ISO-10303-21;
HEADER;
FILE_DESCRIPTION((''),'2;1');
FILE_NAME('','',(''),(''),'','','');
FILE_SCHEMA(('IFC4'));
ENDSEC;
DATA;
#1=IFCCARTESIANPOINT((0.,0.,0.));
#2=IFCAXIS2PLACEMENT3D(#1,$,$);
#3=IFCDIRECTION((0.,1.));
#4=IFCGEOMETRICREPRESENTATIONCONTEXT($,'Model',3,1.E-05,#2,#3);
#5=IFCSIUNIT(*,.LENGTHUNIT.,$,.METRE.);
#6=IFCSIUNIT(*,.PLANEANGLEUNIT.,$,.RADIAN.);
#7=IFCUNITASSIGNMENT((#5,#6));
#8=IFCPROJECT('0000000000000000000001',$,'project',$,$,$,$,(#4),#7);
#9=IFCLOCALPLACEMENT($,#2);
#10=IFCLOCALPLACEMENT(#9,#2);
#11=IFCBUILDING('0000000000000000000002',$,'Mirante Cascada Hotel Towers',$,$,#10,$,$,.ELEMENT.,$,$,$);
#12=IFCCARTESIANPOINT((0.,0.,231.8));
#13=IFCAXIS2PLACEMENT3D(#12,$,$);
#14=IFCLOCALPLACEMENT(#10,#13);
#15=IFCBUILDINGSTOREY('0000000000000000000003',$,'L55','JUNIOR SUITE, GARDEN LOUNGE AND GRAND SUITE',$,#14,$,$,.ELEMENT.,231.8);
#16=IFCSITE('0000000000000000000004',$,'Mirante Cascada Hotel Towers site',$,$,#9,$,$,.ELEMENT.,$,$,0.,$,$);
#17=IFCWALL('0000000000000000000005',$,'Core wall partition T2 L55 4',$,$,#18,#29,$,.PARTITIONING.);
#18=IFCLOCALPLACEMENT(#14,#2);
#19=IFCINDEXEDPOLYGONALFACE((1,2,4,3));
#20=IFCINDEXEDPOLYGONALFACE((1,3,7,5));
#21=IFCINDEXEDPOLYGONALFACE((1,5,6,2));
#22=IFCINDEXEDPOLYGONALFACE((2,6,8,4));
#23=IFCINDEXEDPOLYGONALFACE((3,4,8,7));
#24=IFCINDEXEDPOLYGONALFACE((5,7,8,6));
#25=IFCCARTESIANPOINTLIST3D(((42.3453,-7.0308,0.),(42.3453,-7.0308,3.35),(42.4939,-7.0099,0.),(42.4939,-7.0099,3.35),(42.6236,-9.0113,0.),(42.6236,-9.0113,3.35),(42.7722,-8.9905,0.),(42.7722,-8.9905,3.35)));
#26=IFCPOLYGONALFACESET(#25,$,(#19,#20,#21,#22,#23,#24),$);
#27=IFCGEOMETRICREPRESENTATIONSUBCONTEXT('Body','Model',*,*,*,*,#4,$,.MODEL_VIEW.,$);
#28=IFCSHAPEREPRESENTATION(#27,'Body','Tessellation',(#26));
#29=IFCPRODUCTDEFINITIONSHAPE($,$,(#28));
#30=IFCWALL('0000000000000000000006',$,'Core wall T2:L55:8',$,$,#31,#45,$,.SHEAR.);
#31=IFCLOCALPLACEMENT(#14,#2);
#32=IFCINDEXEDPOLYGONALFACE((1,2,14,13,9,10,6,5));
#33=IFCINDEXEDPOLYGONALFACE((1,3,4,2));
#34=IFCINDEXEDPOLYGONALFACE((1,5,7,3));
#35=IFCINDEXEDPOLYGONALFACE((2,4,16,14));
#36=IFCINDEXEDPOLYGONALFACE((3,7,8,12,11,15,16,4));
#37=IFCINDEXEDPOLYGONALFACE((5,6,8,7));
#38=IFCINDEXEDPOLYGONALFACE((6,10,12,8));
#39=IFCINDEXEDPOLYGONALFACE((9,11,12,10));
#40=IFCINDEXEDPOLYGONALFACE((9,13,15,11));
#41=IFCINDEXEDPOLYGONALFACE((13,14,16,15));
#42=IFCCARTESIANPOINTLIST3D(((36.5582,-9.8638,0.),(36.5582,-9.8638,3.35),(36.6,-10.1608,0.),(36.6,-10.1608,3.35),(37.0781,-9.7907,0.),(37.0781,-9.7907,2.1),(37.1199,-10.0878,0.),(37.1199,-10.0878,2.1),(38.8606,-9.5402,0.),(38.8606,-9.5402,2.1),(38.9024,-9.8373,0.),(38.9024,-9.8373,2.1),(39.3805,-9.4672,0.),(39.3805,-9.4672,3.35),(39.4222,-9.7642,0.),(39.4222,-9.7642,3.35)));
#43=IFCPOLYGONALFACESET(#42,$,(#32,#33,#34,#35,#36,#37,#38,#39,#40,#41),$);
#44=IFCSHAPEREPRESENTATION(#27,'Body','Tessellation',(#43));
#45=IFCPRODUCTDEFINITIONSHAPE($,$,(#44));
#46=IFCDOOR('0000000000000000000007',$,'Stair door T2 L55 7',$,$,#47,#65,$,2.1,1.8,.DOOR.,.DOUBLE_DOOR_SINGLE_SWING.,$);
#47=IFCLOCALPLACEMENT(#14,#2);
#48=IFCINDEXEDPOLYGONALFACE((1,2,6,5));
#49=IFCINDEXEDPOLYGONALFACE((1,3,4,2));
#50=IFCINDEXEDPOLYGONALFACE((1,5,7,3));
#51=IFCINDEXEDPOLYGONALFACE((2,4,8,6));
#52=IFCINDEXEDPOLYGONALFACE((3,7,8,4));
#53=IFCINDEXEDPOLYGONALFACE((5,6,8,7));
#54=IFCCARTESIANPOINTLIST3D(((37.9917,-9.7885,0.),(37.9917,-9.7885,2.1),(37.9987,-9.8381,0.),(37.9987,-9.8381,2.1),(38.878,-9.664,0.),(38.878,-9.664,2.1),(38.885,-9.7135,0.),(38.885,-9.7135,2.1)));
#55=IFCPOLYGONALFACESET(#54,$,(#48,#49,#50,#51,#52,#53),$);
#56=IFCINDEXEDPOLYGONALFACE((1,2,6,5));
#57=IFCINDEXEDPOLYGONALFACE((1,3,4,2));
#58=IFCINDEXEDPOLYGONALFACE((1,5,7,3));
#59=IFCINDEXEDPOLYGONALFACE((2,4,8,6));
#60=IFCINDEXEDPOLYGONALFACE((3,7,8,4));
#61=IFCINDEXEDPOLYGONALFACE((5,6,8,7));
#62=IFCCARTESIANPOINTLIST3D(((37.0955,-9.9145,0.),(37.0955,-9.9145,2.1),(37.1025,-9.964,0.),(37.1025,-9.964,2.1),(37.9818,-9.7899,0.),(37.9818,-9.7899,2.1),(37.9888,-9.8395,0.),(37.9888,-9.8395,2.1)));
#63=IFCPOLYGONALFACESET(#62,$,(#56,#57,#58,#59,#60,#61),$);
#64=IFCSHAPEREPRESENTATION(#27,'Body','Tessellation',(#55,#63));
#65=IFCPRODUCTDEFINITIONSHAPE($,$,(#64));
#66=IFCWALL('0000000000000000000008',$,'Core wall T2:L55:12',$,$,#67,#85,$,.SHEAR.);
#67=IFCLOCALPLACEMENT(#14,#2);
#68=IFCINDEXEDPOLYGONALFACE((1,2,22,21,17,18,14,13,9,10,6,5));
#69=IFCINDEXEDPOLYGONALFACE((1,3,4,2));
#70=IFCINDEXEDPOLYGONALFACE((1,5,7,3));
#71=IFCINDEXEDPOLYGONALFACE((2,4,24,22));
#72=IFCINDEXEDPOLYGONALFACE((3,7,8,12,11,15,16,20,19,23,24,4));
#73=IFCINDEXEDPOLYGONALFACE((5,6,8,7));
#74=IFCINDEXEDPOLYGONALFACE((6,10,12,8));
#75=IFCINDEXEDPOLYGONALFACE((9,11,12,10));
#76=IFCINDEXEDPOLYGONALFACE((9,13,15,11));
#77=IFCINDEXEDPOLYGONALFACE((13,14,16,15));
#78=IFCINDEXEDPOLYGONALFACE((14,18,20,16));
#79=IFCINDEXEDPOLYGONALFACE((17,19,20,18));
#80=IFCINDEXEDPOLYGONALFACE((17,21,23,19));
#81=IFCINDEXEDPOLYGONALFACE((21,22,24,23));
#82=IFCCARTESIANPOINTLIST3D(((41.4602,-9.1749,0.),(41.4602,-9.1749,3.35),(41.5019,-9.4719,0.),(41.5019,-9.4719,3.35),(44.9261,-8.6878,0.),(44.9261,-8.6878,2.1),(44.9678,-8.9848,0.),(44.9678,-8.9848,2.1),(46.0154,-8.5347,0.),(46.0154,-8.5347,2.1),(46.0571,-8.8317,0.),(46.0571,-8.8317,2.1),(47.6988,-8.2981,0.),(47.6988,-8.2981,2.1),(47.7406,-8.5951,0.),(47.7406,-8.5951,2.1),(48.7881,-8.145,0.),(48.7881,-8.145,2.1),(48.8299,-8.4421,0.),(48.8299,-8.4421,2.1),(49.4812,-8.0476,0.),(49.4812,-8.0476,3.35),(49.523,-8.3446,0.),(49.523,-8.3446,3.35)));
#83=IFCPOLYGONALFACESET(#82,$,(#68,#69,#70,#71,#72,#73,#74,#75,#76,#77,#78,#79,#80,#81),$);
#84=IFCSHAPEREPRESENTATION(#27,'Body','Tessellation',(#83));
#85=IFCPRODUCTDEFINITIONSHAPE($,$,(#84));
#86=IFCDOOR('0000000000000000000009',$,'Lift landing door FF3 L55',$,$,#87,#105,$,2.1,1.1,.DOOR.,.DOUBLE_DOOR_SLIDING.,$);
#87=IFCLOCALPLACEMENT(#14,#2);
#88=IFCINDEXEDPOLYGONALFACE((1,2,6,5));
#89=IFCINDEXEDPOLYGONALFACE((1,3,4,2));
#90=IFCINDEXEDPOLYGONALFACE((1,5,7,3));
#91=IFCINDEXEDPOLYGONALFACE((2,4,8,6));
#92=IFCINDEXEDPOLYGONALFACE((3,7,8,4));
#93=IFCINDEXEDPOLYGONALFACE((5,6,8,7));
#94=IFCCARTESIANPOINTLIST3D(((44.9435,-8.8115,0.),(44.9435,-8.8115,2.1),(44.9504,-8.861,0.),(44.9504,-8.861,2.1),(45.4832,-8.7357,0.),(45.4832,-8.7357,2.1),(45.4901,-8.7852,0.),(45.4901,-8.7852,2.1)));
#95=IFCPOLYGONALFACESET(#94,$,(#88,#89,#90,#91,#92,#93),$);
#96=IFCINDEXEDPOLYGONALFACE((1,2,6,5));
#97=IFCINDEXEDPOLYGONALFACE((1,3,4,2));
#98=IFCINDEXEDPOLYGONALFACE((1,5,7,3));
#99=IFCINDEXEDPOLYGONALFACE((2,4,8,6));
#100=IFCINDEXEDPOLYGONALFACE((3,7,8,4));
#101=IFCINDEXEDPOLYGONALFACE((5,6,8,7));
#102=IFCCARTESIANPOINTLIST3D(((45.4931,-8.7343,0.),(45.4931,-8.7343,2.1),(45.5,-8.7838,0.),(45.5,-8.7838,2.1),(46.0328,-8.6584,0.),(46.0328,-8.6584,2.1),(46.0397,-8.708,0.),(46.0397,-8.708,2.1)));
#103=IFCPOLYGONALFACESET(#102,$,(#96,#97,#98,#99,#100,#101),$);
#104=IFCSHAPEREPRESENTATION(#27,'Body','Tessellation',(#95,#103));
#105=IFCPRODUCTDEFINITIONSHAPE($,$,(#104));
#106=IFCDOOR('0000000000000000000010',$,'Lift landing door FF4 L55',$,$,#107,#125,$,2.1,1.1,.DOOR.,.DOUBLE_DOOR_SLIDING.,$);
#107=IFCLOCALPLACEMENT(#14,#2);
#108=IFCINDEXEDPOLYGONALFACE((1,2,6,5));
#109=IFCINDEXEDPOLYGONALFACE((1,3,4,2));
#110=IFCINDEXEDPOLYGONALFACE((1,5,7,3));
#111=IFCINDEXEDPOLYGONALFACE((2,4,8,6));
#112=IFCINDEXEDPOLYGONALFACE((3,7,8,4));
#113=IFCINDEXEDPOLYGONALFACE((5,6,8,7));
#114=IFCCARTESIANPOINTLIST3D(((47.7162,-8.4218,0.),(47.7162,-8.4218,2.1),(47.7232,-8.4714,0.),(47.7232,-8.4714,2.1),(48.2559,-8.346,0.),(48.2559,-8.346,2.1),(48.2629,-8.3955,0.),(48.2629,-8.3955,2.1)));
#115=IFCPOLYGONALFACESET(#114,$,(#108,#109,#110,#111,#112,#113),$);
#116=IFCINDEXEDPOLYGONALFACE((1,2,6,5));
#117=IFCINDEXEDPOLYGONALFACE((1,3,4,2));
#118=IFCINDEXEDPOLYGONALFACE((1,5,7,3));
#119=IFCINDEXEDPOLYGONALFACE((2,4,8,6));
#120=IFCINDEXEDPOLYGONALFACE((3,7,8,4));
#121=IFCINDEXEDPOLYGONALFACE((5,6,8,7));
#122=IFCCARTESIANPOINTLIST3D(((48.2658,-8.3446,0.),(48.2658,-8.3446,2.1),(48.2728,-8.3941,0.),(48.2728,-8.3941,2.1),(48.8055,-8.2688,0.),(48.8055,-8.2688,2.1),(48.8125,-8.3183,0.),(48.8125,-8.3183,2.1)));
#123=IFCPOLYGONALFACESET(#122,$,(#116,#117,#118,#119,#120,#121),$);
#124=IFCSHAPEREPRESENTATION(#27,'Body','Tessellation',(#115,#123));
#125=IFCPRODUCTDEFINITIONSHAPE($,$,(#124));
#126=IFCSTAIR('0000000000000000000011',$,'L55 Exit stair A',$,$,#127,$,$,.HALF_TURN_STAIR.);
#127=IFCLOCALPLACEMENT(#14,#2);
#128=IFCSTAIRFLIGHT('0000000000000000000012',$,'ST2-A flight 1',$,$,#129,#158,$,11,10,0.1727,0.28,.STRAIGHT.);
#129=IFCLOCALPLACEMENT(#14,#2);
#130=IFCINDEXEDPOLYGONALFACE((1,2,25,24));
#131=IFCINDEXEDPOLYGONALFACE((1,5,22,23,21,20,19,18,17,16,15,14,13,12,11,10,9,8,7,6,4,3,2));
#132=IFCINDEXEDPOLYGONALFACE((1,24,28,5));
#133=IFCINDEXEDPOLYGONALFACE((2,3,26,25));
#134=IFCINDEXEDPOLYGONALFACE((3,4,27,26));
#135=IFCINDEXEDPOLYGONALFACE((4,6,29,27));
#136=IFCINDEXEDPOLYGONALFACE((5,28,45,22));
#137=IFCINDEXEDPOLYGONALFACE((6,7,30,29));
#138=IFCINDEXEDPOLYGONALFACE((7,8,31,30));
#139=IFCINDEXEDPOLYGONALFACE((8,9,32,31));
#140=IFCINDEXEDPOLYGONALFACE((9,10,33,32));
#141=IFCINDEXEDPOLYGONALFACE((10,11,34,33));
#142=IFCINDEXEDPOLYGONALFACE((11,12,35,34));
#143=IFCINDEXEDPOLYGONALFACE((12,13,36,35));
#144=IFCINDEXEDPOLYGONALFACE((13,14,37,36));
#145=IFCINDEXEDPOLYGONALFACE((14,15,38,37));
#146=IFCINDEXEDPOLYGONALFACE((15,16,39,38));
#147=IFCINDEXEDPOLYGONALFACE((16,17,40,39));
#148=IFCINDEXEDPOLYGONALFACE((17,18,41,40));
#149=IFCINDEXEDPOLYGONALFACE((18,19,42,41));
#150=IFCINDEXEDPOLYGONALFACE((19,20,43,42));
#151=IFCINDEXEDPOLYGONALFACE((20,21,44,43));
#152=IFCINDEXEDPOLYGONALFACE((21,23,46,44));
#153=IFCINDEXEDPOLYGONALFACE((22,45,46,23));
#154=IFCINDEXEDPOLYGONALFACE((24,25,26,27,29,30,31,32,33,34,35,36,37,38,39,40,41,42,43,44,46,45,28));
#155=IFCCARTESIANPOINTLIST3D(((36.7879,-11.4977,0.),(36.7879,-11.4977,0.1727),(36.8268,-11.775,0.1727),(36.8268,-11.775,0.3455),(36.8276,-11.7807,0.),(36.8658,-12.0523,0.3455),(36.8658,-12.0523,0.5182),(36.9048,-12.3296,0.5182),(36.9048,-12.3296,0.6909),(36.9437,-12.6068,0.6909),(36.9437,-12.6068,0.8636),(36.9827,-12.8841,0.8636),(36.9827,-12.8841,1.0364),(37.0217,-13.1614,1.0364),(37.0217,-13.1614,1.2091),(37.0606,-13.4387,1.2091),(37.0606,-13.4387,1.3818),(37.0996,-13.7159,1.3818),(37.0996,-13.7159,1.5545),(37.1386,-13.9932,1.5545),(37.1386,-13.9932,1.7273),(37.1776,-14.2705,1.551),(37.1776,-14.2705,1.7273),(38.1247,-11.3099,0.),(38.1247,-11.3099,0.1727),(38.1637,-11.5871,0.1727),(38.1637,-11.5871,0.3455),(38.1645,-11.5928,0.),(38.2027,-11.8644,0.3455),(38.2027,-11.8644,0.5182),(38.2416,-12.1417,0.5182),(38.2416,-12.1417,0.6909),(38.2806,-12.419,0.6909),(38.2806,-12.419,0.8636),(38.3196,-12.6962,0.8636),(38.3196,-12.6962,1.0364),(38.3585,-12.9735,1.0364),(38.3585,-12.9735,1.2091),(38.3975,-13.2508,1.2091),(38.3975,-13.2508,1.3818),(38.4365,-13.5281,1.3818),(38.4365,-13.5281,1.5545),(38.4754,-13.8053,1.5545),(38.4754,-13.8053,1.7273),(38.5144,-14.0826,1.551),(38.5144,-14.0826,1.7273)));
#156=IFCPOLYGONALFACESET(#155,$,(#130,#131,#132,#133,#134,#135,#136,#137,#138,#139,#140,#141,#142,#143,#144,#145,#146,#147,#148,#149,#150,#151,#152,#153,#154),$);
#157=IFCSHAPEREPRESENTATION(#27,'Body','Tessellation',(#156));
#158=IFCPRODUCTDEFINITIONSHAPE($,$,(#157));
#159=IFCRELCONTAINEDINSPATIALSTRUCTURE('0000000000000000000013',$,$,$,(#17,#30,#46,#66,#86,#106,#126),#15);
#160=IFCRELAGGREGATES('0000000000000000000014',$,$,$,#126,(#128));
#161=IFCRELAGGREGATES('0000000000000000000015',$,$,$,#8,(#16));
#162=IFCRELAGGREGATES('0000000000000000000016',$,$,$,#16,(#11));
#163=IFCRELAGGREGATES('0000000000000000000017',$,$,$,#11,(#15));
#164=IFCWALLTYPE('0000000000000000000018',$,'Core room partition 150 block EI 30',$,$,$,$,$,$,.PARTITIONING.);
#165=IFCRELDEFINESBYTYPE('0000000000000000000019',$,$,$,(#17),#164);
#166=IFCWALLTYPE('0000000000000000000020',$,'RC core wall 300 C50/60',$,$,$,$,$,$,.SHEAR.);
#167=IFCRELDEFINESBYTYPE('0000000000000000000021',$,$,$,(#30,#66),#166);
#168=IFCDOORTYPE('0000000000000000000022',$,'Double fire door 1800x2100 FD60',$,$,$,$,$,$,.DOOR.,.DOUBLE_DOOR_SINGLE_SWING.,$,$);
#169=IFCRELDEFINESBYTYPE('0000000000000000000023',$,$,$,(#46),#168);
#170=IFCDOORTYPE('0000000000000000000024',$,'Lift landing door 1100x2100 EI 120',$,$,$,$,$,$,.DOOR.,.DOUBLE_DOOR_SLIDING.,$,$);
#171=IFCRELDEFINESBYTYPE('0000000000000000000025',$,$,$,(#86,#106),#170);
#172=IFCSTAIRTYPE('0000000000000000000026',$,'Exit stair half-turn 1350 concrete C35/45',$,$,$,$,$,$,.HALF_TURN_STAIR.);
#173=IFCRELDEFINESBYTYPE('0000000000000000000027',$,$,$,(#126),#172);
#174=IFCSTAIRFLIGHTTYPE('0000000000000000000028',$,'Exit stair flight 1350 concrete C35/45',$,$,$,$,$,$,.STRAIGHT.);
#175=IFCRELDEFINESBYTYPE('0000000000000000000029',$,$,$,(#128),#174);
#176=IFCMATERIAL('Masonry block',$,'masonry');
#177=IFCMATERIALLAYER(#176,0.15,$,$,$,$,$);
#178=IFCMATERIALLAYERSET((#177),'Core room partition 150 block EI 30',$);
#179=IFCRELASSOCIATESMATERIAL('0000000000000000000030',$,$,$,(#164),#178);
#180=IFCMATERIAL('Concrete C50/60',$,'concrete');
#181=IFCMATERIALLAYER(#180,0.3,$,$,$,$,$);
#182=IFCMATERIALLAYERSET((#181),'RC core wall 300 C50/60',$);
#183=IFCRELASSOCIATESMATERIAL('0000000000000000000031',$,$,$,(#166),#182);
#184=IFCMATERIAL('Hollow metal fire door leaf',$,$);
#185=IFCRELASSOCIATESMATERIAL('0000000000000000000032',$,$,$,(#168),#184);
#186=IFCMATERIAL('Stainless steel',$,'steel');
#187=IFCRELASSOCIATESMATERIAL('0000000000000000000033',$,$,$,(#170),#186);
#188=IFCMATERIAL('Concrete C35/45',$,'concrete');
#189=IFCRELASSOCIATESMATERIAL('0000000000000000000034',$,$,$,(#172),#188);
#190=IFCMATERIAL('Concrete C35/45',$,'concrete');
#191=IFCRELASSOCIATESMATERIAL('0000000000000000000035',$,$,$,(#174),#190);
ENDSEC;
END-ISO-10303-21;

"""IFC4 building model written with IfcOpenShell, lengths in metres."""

from ifc_helpers import new_model, si_unit, direction, frame, frame_2d, origin, place, context, subcontext, project, spatial, polyline, rectangle, outline, extrude, material, layer, layer_set, type_object, element, fill, aggregate, save


model = new_model("IFC4")

# Units and contexts
model_context = context("Model", 3, precision=1e-05, world=origin(), true_north=direction((0.0, 1.0)))
body_context = subcontext(model_context, "Body", "Model", "MODEL_VIEW")
ifc_project = project(units=[si_unit("LENGTHUNIT", "METRE"), si_unit("PLANEANGLEUNIT", "RADIAN")], contexts=[model_context])

# Site, building, storey
site_placement = place(None, origin())
site = spatial("IfcSite", under=ifc_project, at=site_placement, Name="Mirante Cascada Hotel Towers site", CompositionType="ELEMENT", RefElevation=0.0)
building_placement = place(site_placement, origin())
building = spatial("IfcBuilding", under=site, at=building_placement, Name="Mirante Cascada Hotel Towers", CompositionType="ELEMENT")
storey_placement = place(building_placement, frame((0.0, 0.0, 231.8)))
storey = spatial("IfcBuildingStorey", under=building, at=storey_placement, Name="L55", Description="JUNIOR SUITE, GARDEN LOUNGE AND GRAND SUITE", CompositionType="ELEMENT", Elevation=231.8)

# Wall
ifc_material_1 = material(Name="Masonry block", Category="masonry")
ifc_layer_1 = layer(ifc_material_1, 0.15)
ifc_layer_set_1 = layer_set([ifc_layer_1], Name="Core room partition 150 block EI 30")
wall_type_1 = type_object("IfcWallType", Name="Core room partition 150 block EI 30", PredefinedType="PARTITIONING", material=ifc_layer_set_1)
wall_1_placement = place(storey_placement, frame((42.6979, -9.0009, 0.0), z_axis=(0.0, 0.0, 1.0), x_axis=(-0.139153, 0.990271, 0.0)))
element("IfcWall", 1, at=wall_1_placement, inside=storey, type_object=wall_type_1, Name="Core wall partition T2 L55 4", PredefinedType="PARTITIONING", context=body_context, shape_type="SweptSolid", body=[
    extrude(rectangle(XDim=2.0, YDim=0.15, at=frame_2d((1.0, 0.0))), origin(), (0.0, 0.0, 1.0), 3.35),
])

# Wall, opening, door
ifc_material_2 = material(Name="Concrete C50/60", Category="concrete")
ifc_layer_2 = layer(ifc_material_2, 0.3)
ifc_layer_set_2 = layer_set([ifc_layer_2], Name="RC core wall 300 C50/60")
wall_type_2 = type_object("IfcWallType", Name="RC core wall 300 C50/60", PredefinedType="SHEAR", material=ifc_layer_set_2)
wall_2_placement = place(storey_placement, frame((36.5791, -10.0123, 0.0), z_axis=(0.0, 0.0, 1.0), x_axis=(0.99027, 0.139156, 0.0)))
wall_2 = element("IfcWall", 2, at=wall_2_placement, inside=storey, type_object=wall_type_2, Name="Core wall T2:L55:8", PredefinedType="SHEAR", context=body_context, shape_type="SweptSolid", body=[
    extrude(rectangle(XDim=2.85, YDim=0.3, at=frame_2d((1.425, 0.0))), origin(), (0.0, 0.0, 1.0), 3.35),
])
opening_1_placement = place(wall_2_placement, frame((0.525, 0.0, 0.0)))
opening_1 = element("IfcOpeningElement", 3, at=opening_1_placement, cuts=wall_2, PredefinedType="OPENING", context=body_context, shape_type="SweptSolid", body=[
    extrude(rectangle(XDim=1.8, YDim=2.1, at=frame_2d((0.9, 1.05))), frame((0.0, 0.15, 0.0), z_axis=(0.0, -1.0, 0.0), x_axis=(1.0, 0.0, 0.0)), (0.0, 0.0, 1.0), 0.3),
])
ifc_material_3 = material(Name="Hollow metal fire door leaf")
door_type_1 = type_object("IfcDoorType", Name="Double fire door 1800x2100 FD60", OperationType="DOUBLE_DOOR_SINGLE_SWING", PredefinedType="DOOR", material=ifc_material_3)
door_1_placement = place(opening_1_placement, frame((1.8, 0.0, 0.0), z_axis=(0.0, 0.0, 1.0), x_axis=(-1.0, 0.0, 0.0)))
door_1 = element("IfcDoor", 4, at=door_1_placement, inside=storey, type_object=door_type_1, Name="Stair door T2 L55 7", OperationType="DOUBLE_DOOR_SINGLE_SWING", OverallHeight=2.1, OverallWidth=1.8, PredefinedType="DOOR", context=body_context, shape_type="SweptSolid", body=[
    extrude(rectangle(XDim=0.895, YDim=2.1, at=frame_2d((0.4475, 1.05))), frame((0.0, 0.025, 0.0), z_axis=(0.0, -1.0, 0.0), x_axis=(1.0, 0.0, 0.0)), (0.0, 0.0, 1.0), 0.05),
    extrude(rectangle(XDim=0.895, YDim=2.1, at=frame_2d((1.3525, 1.05))), frame((0.0, 0.025, 0.0), z_axis=(0.0, -1.0, 0.0), x_axis=(1.0, 0.0, 0.0)), (0.0, 0.0, 1.0), 0.05),
])
fill(opening_1, door_1)

# Wall, openings, doors
wall_3_placement = place(storey_placement, frame((41.481, -9.3234, 0.0), z_axis=(0.0, 0.0, 1.0), x_axis=(0.990268, 0.139174, 0.0)))
wall_3 = element("IfcWall", 5, at=wall_3_placement, inside=storey, type_object=wall_type_2, Name="Core wall T2:L55:12", PredefinedType="SHEAR", context=body_context, shape_type="SweptSolid", body=[
    extrude(rectangle(XDim=8.0999, YDim=0.3, at=frame_2d((4.05, 0.0))), origin(), (0.0, 0.0, 1.0), 3.35),
])
opening_2_placement = place(wall_3_placement, frame((3.5, 0.0, 0.0)))
opening_2 = element("IfcOpeningElement", 6, at=opening_2_placement, cuts=wall_3, PredefinedType="OPENING", context=body_context, shape_type="SweptSolid", body=[
    extrude(rectangle(XDim=1.1, YDim=2.1, at=frame_2d((0.55, 1.05))), frame((0.0, 0.15, 0.0), z_axis=(0.0, -1.0, 0.0), x_axis=(1.0, 0.0, 0.0)), (0.0, 0.0, 1.0), 0.3),
])
opening_3_placement = place(wall_3_placement, frame((6.3, 0.0, 0.0)))
opening_3 = element("IfcOpeningElement", 7, at=opening_3_placement, cuts=wall_3, PredefinedType="OPENING", context=body_context, shape_type="SweptSolid", body=[
    extrude(rectangle(XDim=1.1, YDim=2.1, at=frame_2d((0.55, 1.05))), frame((0.0, 0.15, 0.0), z_axis=(0.0, -1.0, 0.0), x_axis=(1.0, 0.0, 0.0)), (0.0, 0.0, 1.0), 0.3),
])
ifc_material_4 = material(Name="Stainless steel", Category="steel")
door_type_2 = type_object("IfcDoorType", Name="Lift landing door 1100x2100 EI 120", OperationType="DOUBLE_DOOR_SLIDING", PredefinedType="DOOR", material=ifc_material_4)
door_2_placement = place(opening_2_placement, origin())
door_2 = element("IfcDoor", 8, at=door_2_placement, inside=storey, type_object=door_type_2, Name="Lift landing door FF3 L55", OperationType="DOUBLE_DOOR_SLIDING", OverallHeight=2.1, OverallWidth=1.1, PredefinedType="DOOR", context=body_context, shape_type="SweptSolid", body=[
    extrude(rectangle(XDim=0.545, YDim=2.1, at=frame_2d((0.2725, 1.05))), frame((0.0, 0.025, 0.0), z_axis=(0.0, -1.0, 0.0), x_axis=(1.0, 0.0, 0.0)), (0.0, 0.0, 1.0), 0.05),
    extrude(rectangle(XDim=0.545, YDim=2.1, at=frame_2d((0.8275, 1.05))), frame((0.0, 0.025, 0.0), z_axis=(0.0, -1.0, 0.0), x_axis=(1.0, 0.0, 0.0)), (0.0, 0.0, 1.0), 0.05),
])
fill(opening_2, door_2)
door_3_placement = place(opening_3_placement, origin())
door_3 = element("IfcDoor", 9, at=door_3_placement, inside=storey, type_object=door_type_2, Name="Lift landing door FF4 L55", OperationType="DOUBLE_DOOR_SLIDING", OverallHeight=2.1, OverallWidth=1.1, PredefinedType="DOOR", context=body_context, shape_type="SweptSolid", body=[
    extrude(rectangle(XDim=0.545, YDim=2.1, at=frame_2d((0.2725, 1.05))), frame((0.0, 0.025, 0.0), z_axis=(0.0, -1.0, 0.0), x_axis=(1.0, 0.0, 0.0)), (0.0, 0.0, 1.0), 0.05),
    extrude(rectangle(XDim=0.545, YDim=2.1, at=frame_2d((0.8275, 1.05))), frame((0.0, 0.025, 0.0), z_axis=(0.0, -1.0, 0.0), x_axis=(1.0, 0.0, 0.0)), (0.0, 0.0, 1.0), 0.05),
])
fill(opening_3, door_3)

# Stair, stair flight
ifc_material_5 = material(Name="Concrete C35/45", Category="concrete")
stair_type = type_object("IfcStairType", Name="Exit stair half-turn 1350 concrete C35/45", PredefinedType="HALF_TURN_STAIR", material=ifc_material_5)
stair_placement = place(storey_placement, origin())
stair = element("IfcStair", 10, at=stair_placement, inside=storey, type_object=stair_type, Name="L55 Exit stair A", PredefinedType="HALF_TURN_STAIR")
ifc_material_6 = material(Name="Concrete C35/45", Category="concrete")
stair_flight_type = type_object("IfcStairFlightType", Name="Exit stair flight 1350 concrete C35/45", PredefinedType="STRAIGHT", material=ifc_material_6)
stair_flight_placement = place(storey_placement, frame((37.4563, -11.4038, 0.0), z_axis=(0.0, 0.0, 1.0), x_axis=(0.139173, -0.990268, 0.0)))
stair_flight = element("IfcStairFlight", 11, at=stair_flight_placement, type_object=stair_flight_type, Name="ST2-A flight 1", NumberOfRisers=11, NumberOfTreads=10, PredefinedType="STRAIGHT", RiserHeight=0.1727, TreadLength=0.28, context=body_context, shape_type="SweptSolid", body=[
    extrude(outline(polyline([(0.0, 0.0), (0.0, 0.1727), (0.28, 0.1727), (0.28, 0.3455), (0.56, 0.3455), (0.56, 0.5182), (0.84, 0.5182), (0.84, 0.6909), (1.12, 0.6909), (1.12, 0.8636), (1.4, 0.8636), (1.4, 1.0364), (1.68, 1.0364), (1.68, 1.2091), (1.96, 1.2091), (1.96, 1.3818), (2.24, 1.3818), (2.24, 1.5545), (2.52, 1.5545), (2.52, 1.7273), (2.8, 1.7273), (2.8, 1.9), (2.8, 1.551), (0.2857, 0.0), (0.0, 0.0)])), frame((0.0, 0.675, 0.0), z_axis=(0.0, -1.0, 0.0), x_axis=(1.0, 0.0, 0.0)), (0.0, 0.0, 1.0), 1.35),
])
aggregate(stair, [stair_flight])

save(model, "model.ifc")
